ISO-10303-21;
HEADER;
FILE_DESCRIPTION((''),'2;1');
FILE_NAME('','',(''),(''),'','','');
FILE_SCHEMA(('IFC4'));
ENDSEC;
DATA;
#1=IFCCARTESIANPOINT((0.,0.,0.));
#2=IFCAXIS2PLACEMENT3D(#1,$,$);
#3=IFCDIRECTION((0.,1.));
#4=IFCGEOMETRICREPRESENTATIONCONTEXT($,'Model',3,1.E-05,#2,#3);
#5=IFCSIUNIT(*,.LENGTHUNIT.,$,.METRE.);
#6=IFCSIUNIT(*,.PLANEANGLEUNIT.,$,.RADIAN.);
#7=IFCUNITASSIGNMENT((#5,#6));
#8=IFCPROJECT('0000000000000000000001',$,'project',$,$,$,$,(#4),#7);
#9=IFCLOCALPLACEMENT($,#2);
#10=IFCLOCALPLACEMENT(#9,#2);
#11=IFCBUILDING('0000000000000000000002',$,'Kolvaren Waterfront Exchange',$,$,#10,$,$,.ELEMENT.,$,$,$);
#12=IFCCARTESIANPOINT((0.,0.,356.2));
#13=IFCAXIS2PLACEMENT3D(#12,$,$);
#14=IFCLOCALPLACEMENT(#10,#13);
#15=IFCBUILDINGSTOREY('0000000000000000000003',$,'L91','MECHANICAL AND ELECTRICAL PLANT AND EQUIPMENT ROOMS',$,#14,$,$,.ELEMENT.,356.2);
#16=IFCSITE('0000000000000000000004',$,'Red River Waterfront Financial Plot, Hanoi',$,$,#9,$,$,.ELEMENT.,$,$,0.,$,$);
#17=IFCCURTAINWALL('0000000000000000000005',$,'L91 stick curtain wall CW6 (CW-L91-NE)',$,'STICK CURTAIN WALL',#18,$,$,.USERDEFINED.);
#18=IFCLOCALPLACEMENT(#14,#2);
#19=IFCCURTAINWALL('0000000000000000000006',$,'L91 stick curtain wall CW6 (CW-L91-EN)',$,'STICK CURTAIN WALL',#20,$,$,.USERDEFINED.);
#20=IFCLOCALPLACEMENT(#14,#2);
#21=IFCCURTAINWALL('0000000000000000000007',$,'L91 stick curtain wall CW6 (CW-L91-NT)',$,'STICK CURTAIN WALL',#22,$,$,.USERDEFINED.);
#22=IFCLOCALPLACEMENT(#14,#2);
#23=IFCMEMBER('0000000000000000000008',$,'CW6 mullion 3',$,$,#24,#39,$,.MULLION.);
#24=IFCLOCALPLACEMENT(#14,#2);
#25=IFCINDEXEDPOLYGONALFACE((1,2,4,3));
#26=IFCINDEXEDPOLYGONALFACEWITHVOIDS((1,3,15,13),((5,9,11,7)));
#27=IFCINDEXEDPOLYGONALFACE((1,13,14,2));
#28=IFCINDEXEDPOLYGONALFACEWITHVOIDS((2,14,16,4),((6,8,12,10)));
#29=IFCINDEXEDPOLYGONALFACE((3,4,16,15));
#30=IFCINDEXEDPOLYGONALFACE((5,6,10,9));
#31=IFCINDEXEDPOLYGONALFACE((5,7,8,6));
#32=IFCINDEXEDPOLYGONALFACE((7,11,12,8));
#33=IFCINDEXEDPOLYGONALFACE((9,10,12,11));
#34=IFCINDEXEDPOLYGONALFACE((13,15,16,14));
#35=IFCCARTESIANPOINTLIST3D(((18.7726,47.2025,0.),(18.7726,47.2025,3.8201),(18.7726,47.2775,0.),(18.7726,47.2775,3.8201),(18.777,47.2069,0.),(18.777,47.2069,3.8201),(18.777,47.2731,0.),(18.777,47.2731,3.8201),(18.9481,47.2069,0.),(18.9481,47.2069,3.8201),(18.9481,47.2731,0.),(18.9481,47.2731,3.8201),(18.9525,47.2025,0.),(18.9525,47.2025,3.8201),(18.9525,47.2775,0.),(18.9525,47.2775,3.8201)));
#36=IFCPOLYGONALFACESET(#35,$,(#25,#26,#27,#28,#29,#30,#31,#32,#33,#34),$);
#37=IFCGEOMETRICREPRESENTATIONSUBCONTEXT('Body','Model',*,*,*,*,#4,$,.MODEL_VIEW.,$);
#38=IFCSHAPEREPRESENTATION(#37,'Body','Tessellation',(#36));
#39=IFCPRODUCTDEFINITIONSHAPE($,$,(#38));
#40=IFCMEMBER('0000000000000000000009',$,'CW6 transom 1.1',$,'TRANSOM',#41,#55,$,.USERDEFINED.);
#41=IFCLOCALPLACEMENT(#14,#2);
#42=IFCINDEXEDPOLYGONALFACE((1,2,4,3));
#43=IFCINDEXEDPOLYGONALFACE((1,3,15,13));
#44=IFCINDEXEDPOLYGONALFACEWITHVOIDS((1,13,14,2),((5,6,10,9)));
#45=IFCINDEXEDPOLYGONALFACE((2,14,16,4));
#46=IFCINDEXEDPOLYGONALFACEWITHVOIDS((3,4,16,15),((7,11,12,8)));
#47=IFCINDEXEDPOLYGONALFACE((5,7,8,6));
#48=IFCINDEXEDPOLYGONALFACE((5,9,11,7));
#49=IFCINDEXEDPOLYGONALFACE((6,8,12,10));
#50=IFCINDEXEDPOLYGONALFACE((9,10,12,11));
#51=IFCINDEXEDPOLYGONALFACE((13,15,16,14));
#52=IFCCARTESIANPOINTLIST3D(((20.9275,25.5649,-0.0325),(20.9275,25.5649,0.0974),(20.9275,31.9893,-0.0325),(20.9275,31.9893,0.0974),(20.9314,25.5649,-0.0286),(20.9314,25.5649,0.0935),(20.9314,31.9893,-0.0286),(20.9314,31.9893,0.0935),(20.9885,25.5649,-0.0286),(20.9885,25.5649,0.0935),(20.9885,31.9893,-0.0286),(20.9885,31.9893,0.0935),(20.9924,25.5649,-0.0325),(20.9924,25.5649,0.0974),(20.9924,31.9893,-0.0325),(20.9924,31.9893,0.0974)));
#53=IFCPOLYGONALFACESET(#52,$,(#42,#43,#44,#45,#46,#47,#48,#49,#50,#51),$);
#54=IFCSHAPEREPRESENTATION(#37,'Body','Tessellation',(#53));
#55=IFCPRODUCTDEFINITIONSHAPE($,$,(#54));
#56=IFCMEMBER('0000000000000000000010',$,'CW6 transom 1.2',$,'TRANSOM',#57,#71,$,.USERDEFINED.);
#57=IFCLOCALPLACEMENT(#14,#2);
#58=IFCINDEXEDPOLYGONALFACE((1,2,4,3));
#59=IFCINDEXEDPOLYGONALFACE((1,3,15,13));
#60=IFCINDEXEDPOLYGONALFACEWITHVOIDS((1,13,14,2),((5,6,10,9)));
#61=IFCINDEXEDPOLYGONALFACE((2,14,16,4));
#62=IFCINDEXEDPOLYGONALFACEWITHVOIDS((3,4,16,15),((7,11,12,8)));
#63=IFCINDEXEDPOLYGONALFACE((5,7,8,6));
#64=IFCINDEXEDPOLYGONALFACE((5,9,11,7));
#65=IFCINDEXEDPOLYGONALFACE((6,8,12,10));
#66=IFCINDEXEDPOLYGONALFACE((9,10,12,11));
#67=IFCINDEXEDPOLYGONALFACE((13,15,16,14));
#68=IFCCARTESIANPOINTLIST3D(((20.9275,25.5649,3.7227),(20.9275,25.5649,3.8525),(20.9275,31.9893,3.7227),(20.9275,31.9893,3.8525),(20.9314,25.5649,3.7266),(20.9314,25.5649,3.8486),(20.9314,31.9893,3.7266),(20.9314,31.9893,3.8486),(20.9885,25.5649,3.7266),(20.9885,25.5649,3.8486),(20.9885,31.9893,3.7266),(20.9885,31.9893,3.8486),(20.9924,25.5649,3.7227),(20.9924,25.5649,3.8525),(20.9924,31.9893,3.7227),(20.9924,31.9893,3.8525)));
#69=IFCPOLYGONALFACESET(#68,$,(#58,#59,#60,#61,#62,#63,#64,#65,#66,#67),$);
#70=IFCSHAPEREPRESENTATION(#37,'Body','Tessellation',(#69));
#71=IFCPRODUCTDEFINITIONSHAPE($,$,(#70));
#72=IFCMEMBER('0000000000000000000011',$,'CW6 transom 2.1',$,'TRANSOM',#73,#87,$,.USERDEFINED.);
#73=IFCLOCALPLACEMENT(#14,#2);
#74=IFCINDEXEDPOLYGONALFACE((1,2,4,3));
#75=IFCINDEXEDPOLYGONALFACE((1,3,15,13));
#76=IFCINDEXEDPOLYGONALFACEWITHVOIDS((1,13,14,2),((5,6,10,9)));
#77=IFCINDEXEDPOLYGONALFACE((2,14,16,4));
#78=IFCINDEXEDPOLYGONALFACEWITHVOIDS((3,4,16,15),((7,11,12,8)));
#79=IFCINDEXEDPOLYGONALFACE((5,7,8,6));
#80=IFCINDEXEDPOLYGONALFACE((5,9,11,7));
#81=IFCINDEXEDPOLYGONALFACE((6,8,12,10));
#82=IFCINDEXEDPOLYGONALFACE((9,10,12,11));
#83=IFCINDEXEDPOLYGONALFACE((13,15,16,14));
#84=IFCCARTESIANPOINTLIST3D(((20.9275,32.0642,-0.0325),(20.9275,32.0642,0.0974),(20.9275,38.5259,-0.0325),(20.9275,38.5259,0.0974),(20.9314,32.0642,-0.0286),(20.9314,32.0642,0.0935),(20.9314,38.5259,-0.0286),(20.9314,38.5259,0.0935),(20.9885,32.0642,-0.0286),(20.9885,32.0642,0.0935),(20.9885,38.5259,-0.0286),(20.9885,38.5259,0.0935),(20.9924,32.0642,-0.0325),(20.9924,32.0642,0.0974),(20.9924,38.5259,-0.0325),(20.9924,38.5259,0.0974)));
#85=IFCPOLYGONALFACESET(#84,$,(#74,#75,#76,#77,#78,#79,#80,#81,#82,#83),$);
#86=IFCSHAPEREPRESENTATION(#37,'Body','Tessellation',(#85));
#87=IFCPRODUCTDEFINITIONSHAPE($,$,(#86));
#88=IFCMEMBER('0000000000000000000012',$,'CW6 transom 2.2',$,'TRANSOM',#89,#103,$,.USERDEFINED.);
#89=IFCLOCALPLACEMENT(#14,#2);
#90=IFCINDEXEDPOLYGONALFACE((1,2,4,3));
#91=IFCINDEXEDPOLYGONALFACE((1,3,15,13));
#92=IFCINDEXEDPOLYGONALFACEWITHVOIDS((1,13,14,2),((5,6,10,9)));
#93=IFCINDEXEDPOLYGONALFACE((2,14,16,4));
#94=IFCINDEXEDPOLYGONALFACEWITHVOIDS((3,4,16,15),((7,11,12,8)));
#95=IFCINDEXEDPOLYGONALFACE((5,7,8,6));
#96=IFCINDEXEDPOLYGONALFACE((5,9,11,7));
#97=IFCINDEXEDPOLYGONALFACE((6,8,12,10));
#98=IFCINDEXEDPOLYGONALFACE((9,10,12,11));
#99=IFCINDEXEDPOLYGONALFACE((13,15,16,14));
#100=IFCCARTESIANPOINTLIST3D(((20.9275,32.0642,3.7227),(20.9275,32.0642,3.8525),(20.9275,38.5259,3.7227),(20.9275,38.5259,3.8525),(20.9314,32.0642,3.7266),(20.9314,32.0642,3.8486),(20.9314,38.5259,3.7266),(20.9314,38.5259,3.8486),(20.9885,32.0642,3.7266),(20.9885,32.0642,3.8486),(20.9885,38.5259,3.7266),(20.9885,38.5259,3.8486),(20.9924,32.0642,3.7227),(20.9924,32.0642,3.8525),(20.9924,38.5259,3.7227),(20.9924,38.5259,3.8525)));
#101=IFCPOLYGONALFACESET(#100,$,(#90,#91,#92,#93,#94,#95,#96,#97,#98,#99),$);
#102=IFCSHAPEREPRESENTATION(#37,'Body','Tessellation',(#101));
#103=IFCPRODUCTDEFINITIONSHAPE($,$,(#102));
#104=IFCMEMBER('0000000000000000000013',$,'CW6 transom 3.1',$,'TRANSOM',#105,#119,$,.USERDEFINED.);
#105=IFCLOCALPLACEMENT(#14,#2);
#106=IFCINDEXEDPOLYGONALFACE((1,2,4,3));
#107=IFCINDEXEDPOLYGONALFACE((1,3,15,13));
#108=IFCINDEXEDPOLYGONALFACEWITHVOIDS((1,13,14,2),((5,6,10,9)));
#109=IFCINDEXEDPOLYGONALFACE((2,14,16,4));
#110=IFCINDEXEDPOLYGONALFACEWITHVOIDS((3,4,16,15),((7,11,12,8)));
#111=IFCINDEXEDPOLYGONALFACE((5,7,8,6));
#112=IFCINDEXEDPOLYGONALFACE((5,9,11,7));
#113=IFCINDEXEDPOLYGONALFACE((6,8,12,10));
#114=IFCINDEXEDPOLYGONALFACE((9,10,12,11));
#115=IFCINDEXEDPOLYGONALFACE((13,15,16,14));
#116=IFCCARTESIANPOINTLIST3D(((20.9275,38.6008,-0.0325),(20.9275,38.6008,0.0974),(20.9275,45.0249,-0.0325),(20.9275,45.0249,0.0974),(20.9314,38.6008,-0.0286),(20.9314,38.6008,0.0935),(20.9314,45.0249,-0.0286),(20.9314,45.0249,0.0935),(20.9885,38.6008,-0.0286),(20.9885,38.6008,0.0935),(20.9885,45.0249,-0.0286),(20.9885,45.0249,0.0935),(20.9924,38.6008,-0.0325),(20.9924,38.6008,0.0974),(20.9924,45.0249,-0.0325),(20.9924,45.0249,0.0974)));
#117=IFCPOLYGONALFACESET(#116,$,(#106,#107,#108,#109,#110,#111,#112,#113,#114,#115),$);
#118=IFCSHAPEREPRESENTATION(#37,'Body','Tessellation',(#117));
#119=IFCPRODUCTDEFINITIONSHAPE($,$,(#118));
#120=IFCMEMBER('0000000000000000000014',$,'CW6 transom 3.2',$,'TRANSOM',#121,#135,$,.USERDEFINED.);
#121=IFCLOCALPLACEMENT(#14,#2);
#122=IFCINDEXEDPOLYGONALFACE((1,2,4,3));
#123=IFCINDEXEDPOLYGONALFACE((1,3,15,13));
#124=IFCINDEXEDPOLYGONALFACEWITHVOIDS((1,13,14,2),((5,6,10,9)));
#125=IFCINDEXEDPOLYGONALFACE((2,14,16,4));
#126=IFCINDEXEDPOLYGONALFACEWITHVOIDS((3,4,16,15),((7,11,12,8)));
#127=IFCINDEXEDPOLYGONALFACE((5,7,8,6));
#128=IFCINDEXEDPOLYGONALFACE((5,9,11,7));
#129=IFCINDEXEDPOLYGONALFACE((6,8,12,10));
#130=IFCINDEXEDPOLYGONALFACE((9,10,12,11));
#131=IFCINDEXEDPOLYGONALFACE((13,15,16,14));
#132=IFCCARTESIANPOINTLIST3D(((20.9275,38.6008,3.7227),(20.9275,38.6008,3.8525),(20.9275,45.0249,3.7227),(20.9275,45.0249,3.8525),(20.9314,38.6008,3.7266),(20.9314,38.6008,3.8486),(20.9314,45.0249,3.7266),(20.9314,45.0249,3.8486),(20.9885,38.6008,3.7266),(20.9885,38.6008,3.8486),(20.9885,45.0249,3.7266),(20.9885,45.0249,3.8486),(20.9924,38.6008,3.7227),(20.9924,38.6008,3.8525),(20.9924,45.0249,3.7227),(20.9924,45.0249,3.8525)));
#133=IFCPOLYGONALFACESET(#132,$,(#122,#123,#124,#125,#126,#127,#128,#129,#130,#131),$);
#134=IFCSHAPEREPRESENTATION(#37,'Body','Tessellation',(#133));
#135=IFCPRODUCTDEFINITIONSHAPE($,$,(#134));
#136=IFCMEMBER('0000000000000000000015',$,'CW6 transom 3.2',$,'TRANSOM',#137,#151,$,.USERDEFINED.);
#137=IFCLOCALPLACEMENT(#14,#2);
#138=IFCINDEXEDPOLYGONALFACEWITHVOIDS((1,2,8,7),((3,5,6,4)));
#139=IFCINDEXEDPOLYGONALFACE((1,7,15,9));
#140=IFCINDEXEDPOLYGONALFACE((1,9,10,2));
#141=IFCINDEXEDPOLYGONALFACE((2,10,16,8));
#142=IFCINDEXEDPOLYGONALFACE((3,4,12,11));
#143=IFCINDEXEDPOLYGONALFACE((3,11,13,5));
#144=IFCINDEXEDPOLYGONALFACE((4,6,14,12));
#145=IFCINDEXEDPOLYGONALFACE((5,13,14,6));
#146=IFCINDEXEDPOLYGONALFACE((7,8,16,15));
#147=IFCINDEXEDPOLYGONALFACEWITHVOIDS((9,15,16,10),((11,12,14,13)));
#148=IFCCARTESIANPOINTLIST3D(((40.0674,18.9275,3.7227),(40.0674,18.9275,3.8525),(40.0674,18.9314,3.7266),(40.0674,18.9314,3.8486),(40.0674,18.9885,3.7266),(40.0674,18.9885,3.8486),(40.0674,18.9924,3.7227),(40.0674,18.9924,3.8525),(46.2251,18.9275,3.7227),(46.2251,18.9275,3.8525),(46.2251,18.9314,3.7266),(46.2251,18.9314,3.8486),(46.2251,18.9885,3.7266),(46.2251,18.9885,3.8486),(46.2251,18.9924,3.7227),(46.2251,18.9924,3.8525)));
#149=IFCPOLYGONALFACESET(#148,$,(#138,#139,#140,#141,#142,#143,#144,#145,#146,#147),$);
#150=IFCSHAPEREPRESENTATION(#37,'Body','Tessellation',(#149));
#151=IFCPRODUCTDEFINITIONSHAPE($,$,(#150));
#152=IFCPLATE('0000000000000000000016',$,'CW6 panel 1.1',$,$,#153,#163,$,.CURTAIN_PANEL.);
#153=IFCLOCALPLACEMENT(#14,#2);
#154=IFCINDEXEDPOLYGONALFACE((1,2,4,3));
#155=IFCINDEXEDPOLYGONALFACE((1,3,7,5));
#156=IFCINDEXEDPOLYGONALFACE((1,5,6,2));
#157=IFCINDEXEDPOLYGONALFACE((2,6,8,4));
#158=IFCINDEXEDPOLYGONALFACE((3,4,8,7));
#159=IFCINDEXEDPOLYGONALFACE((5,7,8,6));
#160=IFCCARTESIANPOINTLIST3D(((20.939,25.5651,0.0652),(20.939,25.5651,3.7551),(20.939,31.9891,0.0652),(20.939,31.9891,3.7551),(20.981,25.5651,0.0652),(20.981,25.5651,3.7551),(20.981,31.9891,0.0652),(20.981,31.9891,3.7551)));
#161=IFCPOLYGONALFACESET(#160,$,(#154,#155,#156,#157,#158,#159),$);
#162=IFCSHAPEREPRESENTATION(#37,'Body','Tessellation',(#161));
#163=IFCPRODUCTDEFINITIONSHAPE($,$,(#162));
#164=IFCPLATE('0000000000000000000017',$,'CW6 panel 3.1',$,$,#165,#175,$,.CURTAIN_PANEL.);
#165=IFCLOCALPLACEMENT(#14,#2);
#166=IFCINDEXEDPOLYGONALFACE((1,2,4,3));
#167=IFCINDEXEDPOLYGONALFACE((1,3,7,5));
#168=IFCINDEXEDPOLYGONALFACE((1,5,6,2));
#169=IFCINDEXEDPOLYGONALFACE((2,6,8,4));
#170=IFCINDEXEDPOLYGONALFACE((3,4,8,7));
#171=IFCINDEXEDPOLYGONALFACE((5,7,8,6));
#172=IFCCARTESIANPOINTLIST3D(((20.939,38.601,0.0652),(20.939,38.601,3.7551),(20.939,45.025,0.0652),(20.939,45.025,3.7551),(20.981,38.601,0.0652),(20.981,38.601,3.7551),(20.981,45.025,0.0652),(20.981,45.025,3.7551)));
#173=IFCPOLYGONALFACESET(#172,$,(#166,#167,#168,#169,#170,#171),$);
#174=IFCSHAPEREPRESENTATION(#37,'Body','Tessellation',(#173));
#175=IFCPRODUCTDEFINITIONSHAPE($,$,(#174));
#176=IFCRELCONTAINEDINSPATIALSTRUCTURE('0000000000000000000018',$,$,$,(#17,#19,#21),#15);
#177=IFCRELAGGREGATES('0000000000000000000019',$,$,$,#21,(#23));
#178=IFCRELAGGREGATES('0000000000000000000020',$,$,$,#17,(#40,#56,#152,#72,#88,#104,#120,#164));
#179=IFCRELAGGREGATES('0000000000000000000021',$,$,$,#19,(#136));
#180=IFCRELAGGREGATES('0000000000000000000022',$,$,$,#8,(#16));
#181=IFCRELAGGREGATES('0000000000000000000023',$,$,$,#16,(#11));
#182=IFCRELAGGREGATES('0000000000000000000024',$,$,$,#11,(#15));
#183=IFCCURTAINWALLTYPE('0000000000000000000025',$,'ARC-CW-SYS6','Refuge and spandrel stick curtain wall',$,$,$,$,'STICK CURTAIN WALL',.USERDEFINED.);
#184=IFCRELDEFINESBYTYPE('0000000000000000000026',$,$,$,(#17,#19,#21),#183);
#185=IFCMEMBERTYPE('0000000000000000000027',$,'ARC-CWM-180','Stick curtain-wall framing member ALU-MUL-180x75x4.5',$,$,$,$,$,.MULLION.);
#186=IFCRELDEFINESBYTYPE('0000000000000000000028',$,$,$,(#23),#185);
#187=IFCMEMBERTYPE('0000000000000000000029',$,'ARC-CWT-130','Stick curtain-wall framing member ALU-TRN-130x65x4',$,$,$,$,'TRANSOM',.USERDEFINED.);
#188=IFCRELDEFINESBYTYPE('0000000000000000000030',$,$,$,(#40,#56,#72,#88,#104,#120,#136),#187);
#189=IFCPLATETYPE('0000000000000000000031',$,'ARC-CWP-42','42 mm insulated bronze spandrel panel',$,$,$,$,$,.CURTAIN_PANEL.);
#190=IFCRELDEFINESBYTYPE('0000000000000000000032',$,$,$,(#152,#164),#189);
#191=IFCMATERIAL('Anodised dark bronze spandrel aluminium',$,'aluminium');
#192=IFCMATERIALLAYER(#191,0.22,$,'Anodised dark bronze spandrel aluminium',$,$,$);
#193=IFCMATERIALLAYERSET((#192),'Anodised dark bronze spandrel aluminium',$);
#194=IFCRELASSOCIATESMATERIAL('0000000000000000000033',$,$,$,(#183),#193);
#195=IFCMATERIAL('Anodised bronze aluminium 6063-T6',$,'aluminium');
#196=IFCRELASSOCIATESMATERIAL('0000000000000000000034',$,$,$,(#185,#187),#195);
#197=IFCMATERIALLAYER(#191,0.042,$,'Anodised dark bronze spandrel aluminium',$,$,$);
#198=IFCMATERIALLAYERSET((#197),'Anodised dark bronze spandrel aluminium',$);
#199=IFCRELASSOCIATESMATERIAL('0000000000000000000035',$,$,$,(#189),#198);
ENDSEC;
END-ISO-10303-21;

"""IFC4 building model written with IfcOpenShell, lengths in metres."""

from ifc_helpers import new_model, si_unit, direction, frame, origin, origin_with_axes, origin_2d, place, context, subcontext, project, spatial, rectangle, hollow_rectangle, extrude, source, transform, mapped, material, layer, layer_set, material_profile, profile_set, type_object, element, aggregate, save


model = new_model("IFC4")

# Units and contexts
model_context = context("Model", 3, precision=1e-05, world=origin(), true_north=direction((0.0, 1.0)))
body_context = subcontext(model_context, "Body", "Model", "MODEL_VIEW")
ifc_project = project(units=[si_unit("LENGTHUNIT", "METRE"), si_unit("PLANEANGLEUNIT", "RADIAN")], contexts=[model_context])

# Site, building, storey
site_placement = place(None, origin())
site = spatial("IfcSite", under=ifc_project, at=site_placement, Name="Red River Waterfront Financial Plot, Hanoi", CompositionType="ELEMENT", RefElevation=0.0)
building_placement = place(site_placement, origin())
building = spatial("IfcBuilding", under=site, at=building_placement, Name="Kolvaren Waterfront Exchange", CompositionType="ELEMENT")
storey_placement = place(building_placement, frame((0.0, 0.0, 356.2)))
storey = spatial("IfcBuildingStorey", under=building, at=storey_placement, Name="L91", Description="MECHANICAL AND ELECTRICAL PLANT AND EQUIPMENT ROOMS", CompositionType="ELEMENT", Elevation=356.2)

# Curtain wall
ifc_material_1 = material(Name="Anodised dark bronze spandrel aluminium", Category="aluminium")
ifc_layer_1 = layer(ifc_material_1, 0.22, Name="Anodised dark bronze spandrel aluminium")
ifc_layer_set_1 = layer_set([ifc_layer_1], Name="Anodised dark bronze spandrel aluminium")
curtain_wall_type = type_object("IfcCurtainWallType", Name="ARC-CW-SYS6", Description="Refuge and spandrel stick curtain wall", ElementType="STICK CURTAIN WALL", PredefinedType="USERDEFINED", material=ifc_layer_set_1)
curtain_wall_1_placement = place(storey_placement, origin())
curtain_wall_1 = element("IfcCurtainWall", 1, at=curtain_wall_1_placement, inside=storey, type_object=curtain_wall_type, Name="L91 stick curtain wall CW6 (CW-L91-NE)", ObjectType="STICK CURTAIN WALL", PredefinedType="USERDEFINED")
ifc_material_2 = material(Name="Anodised bronze aluminium 6063-T6", Category="aluminium")
ifc_material_profile_1 = material_profile(ifc_material_2, hollow_rectangle(XDim=0.075, YDim=0.1799, WallThickness=0.0044, at=origin_2d()), Name="ALU-MUL-180x75x4.5")
ifc_profile_set_1 = profile_set([ifc_material_profile_1], Name="Anodised bronze aluminium 6063-T6")
member_type_1 = type_object("IfcMemberType", Name="ARC-CWM-180", Description="Stick curtain-wall framing member ALU-MUL-180x75x4.5", PredefinedType="MULLION", material=ifc_profile_set_1)
shared_shape_1 = source(origin_with_axes(), body_context, "Body", "SweptSolid", [
    extrude(hollow_rectangle(XDim=0.075, YDim=0.1799, WallThickness=0.0044, at=origin_2d()), origin(), (0.0, 0.0, 1.0), 3.8201),
])

# Curtain walls, member
curtain_wall_2_placement = place(storey_placement, origin())
curtain_wall_2 = element("IfcCurtainWall", 2, at=curtain_wall_2_placement, inside=storey, type_object=curtain_wall_type, Name="L91 stick curtain wall CW6 (CW-L91-EN)", ObjectType="STICK CURTAIN WALL", PredefinedType="USERDEFINED")
curtain_wall_3_placement = place(storey_placement, origin())
curtain_wall_3 = element("IfcCurtainWall", 3, at=curtain_wall_3_placement, inside=storey, type_object=curtain_wall_type, Name="L91 stick curtain wall CW6 (CW-L91-NT)", ObjectType="STICK CURTAIN WALL", PredefinedType="USERDEFINED")
member_1_placement = place(storey_placement, frame((18.8625, 47.24, 0.0), z_axis=(0.0, 0.0, 1.0), x_axis=(0.0, 1.0, 0.0)))
member_1 = element("IfcMember", 4, at=member_1_placement, type_object=member_type_1, Name="CW6 mullion 3", PredefinedType="MULLION", context=body_context, shape_type="MappedRepresentation", body=[
    mapped(shared_shape_1, transform((0.0, 0.0, 0.0), x_axis=(1.0, 0.0, 0.0), y_axis=(0.0, 1.0, 0.0), z_axis=(0.0, 0.0, 1.0), scale=1.0)),
])
aggregate(curtain_wall_3, [member_1])

# Members
ifc_material_profile_2 = material_profile(ifc_material_2, hollow_rectangle(XDim=0.0649, YDim=0.1299, WallThickness=0.0039, at=origin_2d()), Name="ALU-TRN-130x65x4")
ifc_profile_set_2 = profile_set([ifc_material_profile_2], Name="Anodised bronze aluminium 6063-T6")
member_type_2 = type_object("IfcMemberType", Name="ARC-CWT-130", Description="Stick curtain-wall framing member ALU-TRN-130x65x4", ElementType="TRANSOM", PredefinedType="USERDEFINED", material=ifc_profile_set_2)
shared_shape_2 = source(origin_with_axes(), body_context, "Body", "SweptSolid", [
    extrude(hollow_rectangle(XDim=0.0649, YDim=0.1299, WallThickness=0.0039, at=origin_2d()), origin(), (0.0, 0.0, 1.0), 6.4243),
])
member_2_placement = place(storey_placement, frame((20.96, 25.5649, 0.0325), z_axis=(0.0, 1.0, 0.0), x_axis=(-1.0, 0.0, 0.0)))
member_2 = element("IfcMember", 5, at=member_2_placement, type_object=member_type_2, Name="CW6 transom 1.1", ObjectType="TRANSOM", PredefinedType="USERDEFINED", context=body_context, shape_type="MappedRepresentation", body=[
    mapped(shared_shape_2, transform((0.0, 0.0, 0.0), x_axis=(1.0, 0.0, 0.0), y_axis=(0.0, 1.0, 0.0), z_axis=(0.0, 0.0, 1.0), scale=1.0)),
])
member_3_placement = place(storey_placement, frame((20.96, 25.5649, 3.7876), z_axis=(0.0, 1.0, 0.0), x_axis=(-1.0, 0.0, 0.0)))
member_3 = element("IfcMember", 6, at=member_3_placement, type_object=member_type_2, Name="CW6 transom 1.2", ObjectType="TRANSOM", PredefinedType="USERDEFINED", context=body_context, shape_type="MappedRepresentation", body=[
    mapped(shared_shape_2, transform((0.0, 0.0, 0.0), x_axis=(1.0, 0.0, 0.0), y_axis=(0.0, 1.0, 0.0), z_axis=(0.0, 0.0, 1.0), scale=1.0)),
])
shared_shape_3 = source(origin_with_axes(), body_context, "Body", "SweptSolid", [
    extrude(hollow_rectangle(XDim=0.0649, YDim=0.1299, WallThickness=0.0039, at=origin_2d()), origin(), (0.0, 0.0, 1.0), 6.4617),
])
member_4_placement = place(storey_placement, frame((20.96, 32.0642, 0.0325), z_axis=(0.0, 1.0, 0.0), x_axis=(-1.0, 0.0, 0.0)))
member_4 = element("IfcMember", 7, at=member_4_placement, type_object=member_type_2, Name="CW6 transom 2.1", ObjectType="TRANSOM", PredefinedType="USERDEFINED", context=body_context, shape_type="MappedRepresentation", body=[
    mapped(shared_shape_3, transform((0.0, 0.0, 0.0), x_axis=(1.0, 0.0, 0.0), y_axis=(0.0, 1.0, 0.0), z_axis=(0.0, 0.0, 1.0), scale=1.0)),
])
member_5_placement = place(storey_placement, frame((20.96, 32.0642, 3.7876), z_axis=(0.0, 1.0, 0.0), x_axis=(-1.0, 0.0, 0.0)))
member_5 = element("IfcMember", 8, at=member_5_placement, type_object=member_type_2, Name="CW6 transom 2.2", ObjectType="TRANSOM", PredefinedType="USERDEFINED", context=body_context, shape_type="MappedRepresentation", body=[
    mapped(shared_shape_3, transform((0.0, 0.0, 0.0), x_axis=(1.0, 0.0, 0.0), y_axis=(0.0, 1.0, 0.0), z_axis=(0.0, 0.0, 1.0), scale=1.0)),
])
shared_shape_4 = source(origin_with_axes(), body_context, "Body", "SweptSolid", [
    extrude(hollow_rectangle(XDim=0.0649, YDim=0.1299, WallThickness=0.0039, at=origin_2d()), origin(), (0.0, 0.0, 1.0), 6.4241),
])
member_6_placement = place(storey_placement, frame((20.96, 38.6008, 0.0325), z_axis=(0.0, 1.0, 0.0), x_axis=(-1.0, 0.0, 0.0)))
member_6 = element("IfcMember", 9, at=member_6_placement, type_object=member_type_2, Name="CW6 transom 3.1", ObjectType="TRANSOM", PredefinedType="USERDEFINED", context=body_context, shape_type="MappedRepresentation", body=[
    mapped(shared_shape_4, transform((0.0, 0.0, 0.0), x_axis=(1.0, 0.0, 0.0), y_axis=(0.0, 1.0, 0.0), z_axis=(0.0, 0.0, 1.0), scale=1.0)),
])
member_7_placement = place(storey_placement, frame((20.96, 38.6008, 3.7876), z_axis=(0.0, 1.0, 0.0), x_axis=(-1.0, 0.0, 0.0)))
member_7 = element("IfcMember", 10, at=member_7_placement, type_object=member_type_2, Name="CW6 transom 3.2", ObjectType="TRANSOM", PredefinedType="USERDEFINED", context=body_context, shape_type="MappedRepresentation", body=[
    mapped(shared_shape_4, transform((0.0, 0.0, 0.0), x_axis=(1.0, 0.0, 0.0), y_axis=(0.0, 1.0, 0.0), z_axis=(0.0, 0.0, 1.0), scale=1.0)),
])
shared_shape_5 = source(origin_with_axes(), body_context, "Body", "SweptSolid", [
    extrude(hollow_rectangle(XDim=0.0649, YDim=0.1299, WallThickness=0.0039, at=origin_2d()), origin(), (0.0, 0.0, 1.0), 6.1577),
])
member_8_placement = place(storey_placement, frame((40.0674, 18.96, 3.7876), z_axis=(1.0, 0.0, 0.0), x_axis=(0.0, 1.0, 0.0)))
member_8 = element("IfcMember", 11, at=member_8_placement, type_object=member_type_2, Name="CW6 transom 3.2", ObjectType="TRANSOM", PredefinedType="USERDEFINED", context=body_context, shape_type="MappedRepresentation", body=[
    mapped(shared_shape_5, transform((0.0, 0.0, 0.0), x_axis=(1.0, 0.0, 0.0), y_axis=(0.0, 1.0, 0.0), z_axis=(0.0, 0.0, 1.0), scale=1.0)),
])

# Plates
ifc_layer_2 = layer(ifc_material_1, 0.042, Name="Anodised dark bronze spandrel aluminium")
ifc_layer_set_2 = layer_set([ifc_layer_2], Name="Anodised dark bronze spandrel aluminium")
plate_type = type_object("IfcPlateType", Name="ARC-CWP-42", Description="42 mm insulated bronze spandrel panel", PredefinedType="CURTAIN_PANEL", material=ifc_layer_set_2)
shared_shape_6 = source(origin_with_axes(), body_context, "Body", "SweptSolid", [
    extrude(rectangle(XDim=6.4241, YDim=0.042, at=origin_2d()), origin(), (0.0, 0.0, 1.0), 3.6899),
])
plate_1_placement = place(storey_placement, frame((20.96, 28.7771, 0.0652), z_axis=(0.0, 0.0, 1.0), x_axis=(0.0, 1.0, 0.0)))
plate_1 = element("IfcPlate", 12, at=plate_1_placement, type_object=plate_type, Name="CW6 panel 1.1", PredefinedType="CURTAIN_PANEL", context=body_context, shape_type="MappedRepresentation", body=[
    mapped(shared_shape_6, transform((0.0, 0.0, 0.0), x_axis=(1.0, 0.0, 0.0), y_axis=(0.0, 1.0, 0.0), z_axis=(0.0, 0.0, 1.0), scale=1.0)),
])
plate_2_placement = place(storey_placement, frame((20.96, 41.813, 0.0652), z_axis=(0.0, 0.0, 1.0), x_axis=(0.0, 1.0, 0.0)))
plate_2 = element("IfcPlate", 13, at=plate_2_placement, type_object=plate_type, Name="CW6 panel 3.1", PredefinedType="CURTAIN_PANEL", context=body_context, shape_type="MappedRepresentation", body=[
    mapped(shared_shape_6, transform((0.0, 0.0, 0.0), x_axis=(1.0, 0.0, 0.0), y_axis=(0.0, 1.0, 0.0), z_axis=(0.0, 0.0, 1.0), scale=1.0)),
])
aggregate(curtain_wall_1, [member_2, member_3, plate_1, member_4, member_5, member_6, member_7, plate_2])
aggregate(curtain_wall_2, [member_8])

save(model, "model.ifc")
